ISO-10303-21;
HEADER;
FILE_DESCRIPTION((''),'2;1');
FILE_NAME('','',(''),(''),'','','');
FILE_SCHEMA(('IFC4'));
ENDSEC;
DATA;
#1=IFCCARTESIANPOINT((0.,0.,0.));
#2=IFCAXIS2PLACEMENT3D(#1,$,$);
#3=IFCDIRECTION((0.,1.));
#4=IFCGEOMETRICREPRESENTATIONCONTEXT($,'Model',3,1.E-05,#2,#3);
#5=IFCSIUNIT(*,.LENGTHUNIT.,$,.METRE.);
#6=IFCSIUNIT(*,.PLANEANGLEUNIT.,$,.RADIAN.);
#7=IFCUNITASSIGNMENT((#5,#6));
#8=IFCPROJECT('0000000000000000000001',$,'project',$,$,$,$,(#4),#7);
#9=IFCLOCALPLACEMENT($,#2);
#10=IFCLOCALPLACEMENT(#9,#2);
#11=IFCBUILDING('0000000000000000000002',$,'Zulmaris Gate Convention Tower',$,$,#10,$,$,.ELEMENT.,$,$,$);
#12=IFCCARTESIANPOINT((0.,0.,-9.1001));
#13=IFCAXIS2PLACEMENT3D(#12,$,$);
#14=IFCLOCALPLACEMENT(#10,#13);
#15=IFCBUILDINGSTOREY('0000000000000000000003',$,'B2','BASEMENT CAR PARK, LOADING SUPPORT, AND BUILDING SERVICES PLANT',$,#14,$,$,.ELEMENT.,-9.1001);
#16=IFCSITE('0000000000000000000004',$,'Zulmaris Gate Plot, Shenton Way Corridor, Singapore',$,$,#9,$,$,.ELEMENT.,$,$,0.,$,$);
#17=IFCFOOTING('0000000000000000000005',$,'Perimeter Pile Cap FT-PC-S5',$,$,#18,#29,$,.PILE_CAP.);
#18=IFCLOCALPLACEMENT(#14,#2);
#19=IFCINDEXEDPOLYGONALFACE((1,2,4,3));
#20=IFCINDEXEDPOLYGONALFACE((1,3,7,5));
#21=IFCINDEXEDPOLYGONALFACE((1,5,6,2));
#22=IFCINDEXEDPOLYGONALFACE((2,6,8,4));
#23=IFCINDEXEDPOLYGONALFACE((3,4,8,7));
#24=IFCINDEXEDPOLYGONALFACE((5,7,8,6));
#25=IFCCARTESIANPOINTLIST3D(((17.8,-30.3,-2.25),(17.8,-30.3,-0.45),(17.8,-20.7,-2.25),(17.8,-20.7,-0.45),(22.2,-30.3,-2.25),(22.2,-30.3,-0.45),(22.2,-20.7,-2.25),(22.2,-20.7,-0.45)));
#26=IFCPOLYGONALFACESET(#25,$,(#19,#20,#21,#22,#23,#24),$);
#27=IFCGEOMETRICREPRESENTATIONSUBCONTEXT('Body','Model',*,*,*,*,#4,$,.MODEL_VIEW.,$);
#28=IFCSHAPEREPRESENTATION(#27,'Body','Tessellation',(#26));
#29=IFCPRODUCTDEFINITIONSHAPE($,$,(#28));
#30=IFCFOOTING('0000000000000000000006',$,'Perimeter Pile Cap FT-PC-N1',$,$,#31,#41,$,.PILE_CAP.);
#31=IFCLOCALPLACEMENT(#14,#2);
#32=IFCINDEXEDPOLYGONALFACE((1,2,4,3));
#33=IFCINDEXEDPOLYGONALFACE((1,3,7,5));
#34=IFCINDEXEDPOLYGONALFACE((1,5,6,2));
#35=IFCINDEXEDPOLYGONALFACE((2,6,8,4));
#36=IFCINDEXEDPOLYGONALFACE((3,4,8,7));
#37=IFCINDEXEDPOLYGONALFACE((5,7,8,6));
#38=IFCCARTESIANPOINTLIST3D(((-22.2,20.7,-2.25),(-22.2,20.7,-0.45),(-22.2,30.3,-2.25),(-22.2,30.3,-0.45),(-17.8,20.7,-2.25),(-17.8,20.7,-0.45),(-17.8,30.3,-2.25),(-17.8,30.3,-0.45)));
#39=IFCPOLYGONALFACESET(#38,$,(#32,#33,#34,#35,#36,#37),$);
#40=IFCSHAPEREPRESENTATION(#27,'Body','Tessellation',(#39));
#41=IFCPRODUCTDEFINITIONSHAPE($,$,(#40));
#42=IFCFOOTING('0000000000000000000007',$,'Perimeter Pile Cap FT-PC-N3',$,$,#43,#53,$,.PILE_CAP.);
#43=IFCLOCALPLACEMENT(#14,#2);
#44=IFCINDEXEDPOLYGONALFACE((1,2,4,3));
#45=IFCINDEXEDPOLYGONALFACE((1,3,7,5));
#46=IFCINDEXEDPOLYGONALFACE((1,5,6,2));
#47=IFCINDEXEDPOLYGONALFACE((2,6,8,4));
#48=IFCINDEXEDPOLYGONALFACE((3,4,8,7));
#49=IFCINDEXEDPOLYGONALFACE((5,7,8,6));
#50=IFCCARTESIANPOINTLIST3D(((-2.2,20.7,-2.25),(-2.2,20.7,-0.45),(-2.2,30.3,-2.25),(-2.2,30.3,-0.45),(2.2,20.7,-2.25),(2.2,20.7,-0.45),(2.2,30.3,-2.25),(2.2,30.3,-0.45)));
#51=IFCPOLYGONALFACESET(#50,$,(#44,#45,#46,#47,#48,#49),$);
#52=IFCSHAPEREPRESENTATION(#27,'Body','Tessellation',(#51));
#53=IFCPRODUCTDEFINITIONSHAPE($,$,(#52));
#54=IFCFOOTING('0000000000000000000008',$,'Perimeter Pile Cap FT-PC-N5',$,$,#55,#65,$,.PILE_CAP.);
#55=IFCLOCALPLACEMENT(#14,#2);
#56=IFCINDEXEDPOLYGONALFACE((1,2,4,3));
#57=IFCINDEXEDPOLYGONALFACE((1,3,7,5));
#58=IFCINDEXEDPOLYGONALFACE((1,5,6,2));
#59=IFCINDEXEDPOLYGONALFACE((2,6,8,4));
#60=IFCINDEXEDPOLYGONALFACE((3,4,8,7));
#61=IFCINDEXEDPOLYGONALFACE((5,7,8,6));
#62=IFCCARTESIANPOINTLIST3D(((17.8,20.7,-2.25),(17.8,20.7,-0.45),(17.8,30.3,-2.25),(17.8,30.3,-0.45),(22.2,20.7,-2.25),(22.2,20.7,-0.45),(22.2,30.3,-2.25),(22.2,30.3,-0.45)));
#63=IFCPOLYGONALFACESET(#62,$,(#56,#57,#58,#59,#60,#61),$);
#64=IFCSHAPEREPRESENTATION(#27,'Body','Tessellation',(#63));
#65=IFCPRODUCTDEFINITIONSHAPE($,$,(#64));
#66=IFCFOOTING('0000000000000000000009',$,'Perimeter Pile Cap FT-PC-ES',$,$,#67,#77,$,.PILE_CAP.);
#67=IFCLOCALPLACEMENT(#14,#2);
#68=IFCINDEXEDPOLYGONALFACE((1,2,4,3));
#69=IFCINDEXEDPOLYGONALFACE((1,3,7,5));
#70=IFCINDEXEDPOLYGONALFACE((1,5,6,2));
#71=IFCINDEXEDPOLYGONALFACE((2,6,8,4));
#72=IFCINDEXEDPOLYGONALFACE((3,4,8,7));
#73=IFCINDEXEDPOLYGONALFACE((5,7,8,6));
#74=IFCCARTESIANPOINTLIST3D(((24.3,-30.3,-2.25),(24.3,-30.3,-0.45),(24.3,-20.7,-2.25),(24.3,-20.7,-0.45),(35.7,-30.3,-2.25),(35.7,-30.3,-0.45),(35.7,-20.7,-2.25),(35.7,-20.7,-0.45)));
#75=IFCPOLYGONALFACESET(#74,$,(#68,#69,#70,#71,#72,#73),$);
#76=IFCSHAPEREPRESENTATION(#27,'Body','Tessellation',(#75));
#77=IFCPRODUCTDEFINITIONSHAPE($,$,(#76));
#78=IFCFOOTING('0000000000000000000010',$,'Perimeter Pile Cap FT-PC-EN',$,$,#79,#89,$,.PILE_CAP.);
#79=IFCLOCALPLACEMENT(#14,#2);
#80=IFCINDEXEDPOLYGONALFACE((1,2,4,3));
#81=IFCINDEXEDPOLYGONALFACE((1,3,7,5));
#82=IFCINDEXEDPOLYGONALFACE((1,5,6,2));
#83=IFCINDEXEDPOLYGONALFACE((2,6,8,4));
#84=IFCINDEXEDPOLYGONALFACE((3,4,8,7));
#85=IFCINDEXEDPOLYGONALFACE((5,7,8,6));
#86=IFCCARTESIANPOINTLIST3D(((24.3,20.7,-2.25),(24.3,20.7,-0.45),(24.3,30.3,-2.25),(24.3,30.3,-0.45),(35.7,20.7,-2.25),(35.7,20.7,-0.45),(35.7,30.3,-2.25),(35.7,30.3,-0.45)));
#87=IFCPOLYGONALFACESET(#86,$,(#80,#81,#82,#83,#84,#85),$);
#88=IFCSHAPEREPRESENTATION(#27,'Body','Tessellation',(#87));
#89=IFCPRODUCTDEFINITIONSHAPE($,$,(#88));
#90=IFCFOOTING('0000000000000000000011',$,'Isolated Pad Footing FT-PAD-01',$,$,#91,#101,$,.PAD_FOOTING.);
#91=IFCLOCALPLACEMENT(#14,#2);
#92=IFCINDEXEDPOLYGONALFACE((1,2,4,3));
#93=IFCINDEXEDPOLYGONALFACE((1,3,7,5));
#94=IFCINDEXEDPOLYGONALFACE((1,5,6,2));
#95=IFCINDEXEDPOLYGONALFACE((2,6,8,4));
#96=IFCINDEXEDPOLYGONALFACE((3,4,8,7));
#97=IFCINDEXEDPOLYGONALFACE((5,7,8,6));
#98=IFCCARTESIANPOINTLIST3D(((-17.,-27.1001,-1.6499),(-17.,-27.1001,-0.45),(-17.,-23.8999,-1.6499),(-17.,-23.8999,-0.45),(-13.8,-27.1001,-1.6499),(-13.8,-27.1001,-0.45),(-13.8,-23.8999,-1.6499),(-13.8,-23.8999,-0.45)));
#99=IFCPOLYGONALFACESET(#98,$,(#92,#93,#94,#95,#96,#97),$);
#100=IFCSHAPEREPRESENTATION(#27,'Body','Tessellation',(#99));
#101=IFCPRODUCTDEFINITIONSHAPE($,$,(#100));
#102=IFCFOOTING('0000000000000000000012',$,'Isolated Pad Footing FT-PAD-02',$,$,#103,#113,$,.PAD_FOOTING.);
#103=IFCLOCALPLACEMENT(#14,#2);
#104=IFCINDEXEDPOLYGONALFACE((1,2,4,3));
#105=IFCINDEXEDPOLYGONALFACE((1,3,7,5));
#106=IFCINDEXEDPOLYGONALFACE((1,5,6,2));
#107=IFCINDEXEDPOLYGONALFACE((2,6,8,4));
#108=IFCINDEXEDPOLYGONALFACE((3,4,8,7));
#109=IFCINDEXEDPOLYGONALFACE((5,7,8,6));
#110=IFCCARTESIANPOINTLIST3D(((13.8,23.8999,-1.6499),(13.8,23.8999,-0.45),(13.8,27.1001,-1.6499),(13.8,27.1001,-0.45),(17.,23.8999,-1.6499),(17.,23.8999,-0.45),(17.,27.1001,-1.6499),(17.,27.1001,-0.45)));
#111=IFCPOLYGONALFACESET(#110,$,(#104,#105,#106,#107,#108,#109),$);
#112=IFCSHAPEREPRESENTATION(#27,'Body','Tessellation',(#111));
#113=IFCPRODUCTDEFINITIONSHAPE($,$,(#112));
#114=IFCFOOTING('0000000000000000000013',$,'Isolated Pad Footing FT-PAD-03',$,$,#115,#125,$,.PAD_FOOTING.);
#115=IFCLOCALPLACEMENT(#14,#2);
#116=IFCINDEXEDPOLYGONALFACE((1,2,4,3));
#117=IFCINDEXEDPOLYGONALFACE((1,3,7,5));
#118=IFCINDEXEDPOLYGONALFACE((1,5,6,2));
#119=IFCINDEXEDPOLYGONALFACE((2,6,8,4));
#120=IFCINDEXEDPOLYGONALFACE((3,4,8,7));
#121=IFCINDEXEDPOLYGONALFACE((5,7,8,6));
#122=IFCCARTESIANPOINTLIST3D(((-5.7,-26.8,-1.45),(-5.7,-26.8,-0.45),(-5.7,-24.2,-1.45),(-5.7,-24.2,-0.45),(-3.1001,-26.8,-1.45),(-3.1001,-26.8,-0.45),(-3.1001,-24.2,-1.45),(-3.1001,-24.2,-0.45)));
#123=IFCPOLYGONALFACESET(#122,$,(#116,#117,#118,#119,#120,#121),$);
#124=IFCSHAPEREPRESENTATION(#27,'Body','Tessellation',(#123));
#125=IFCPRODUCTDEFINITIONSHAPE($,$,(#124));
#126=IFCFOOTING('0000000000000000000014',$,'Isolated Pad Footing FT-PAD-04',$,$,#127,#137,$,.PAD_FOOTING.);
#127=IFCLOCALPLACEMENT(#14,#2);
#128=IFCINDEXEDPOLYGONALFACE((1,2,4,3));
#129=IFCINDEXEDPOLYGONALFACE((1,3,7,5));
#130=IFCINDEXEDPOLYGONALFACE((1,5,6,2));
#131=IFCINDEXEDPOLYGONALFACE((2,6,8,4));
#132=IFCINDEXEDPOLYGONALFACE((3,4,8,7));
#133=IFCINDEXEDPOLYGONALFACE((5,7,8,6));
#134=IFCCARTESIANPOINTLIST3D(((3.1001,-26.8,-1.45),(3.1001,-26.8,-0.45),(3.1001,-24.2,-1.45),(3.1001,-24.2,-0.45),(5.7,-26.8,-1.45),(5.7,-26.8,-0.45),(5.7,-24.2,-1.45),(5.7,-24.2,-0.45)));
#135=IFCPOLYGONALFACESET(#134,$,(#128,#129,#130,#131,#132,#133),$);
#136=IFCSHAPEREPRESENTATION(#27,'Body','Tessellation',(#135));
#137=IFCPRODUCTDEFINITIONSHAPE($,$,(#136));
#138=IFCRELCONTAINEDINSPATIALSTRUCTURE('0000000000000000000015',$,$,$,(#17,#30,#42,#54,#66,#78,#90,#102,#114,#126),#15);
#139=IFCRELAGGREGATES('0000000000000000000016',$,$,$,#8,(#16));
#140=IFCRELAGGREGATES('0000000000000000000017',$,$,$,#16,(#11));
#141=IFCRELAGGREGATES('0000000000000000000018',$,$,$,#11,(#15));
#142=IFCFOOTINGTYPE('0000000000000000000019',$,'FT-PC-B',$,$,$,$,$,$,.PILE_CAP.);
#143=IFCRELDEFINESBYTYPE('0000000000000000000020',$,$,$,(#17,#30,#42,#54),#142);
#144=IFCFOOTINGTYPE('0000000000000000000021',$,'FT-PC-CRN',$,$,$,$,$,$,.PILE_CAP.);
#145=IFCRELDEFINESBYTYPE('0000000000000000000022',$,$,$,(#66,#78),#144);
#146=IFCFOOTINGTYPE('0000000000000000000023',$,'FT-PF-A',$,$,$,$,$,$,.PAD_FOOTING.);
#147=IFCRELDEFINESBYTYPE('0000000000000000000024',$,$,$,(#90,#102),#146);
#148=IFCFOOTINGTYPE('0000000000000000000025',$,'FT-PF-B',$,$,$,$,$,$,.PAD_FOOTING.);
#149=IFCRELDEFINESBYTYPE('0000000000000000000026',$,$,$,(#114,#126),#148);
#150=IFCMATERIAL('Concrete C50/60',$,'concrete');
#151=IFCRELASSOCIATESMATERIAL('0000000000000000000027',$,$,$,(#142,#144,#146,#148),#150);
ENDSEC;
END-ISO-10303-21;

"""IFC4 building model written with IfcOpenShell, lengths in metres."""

from ifc_helpers import new_model, si_unit, direction, frame, origin, place, context, subcontext, project, spatial, polyline, outline, extrude, material, type_object, element, save


model = new_model("IFC4")

# Units and contexts
model_context = context("Model", 3, precision=1e-05, world=origin(), true_north=direction((0.0, 1.0)))
body_context = subcontext(model_context, "Body", "Model", "MODEL_VIEW")
ifc_project = project(units=[si_unit("LENGTHUNIT", "METRE"), si_unit("PLANEANGLEUNIT", "RADIAN")], contexts=[model_context])

# Site, building, storey
site_placement = place(None, origin())
site = spatial("IfcSite", under=ifc_project, at=site_placement, Name="Zulmaris Gate Plot, Shenton Way Corridor, Singapore", CompositionType="ELEMENT", RefElevation=0.0)
building_placement = place(site_placement, origin())
building = spatial("IfcBuilding", under=site, at=building_placement, Name="Zulmaris Gate Convention Tower", CompositionType="ELEMENT")
storey_placement = place(building_placement, frame((0.0, 0.0, -9.1001)))
storey = spatial("IfcBuildingStorey", under=building, at=storey_placement, Name="B2", Description="BASEMENT CAR PARK, LOADING SUPPORT, AND BUILDING SERVICES PLANT", CompositionType="ELEMENT", Elevation=-9.1001)

# Footings
ifc_material = material(Name="Concrete C50/60", Category="concrete")
footing_type_1 = type_object("IfcFootingType", Name="FT-PC-B", PredefinedType="PILE_CAP", material=ifc_material)
footing_1_placement = place(storey_placement, frame((0.0, 0.0, -2.25)))
element("IfcFooting", 1, at=footing_1_placement, inside=storey, type_object=footing_type_1, Name="Perimeter Pile Cap FT-PC-S5", PredefinedType="PILE_CAP", context=body_context, shape_type="SweptSolid", body=[
    extrude(outline(polyline([(17.8, -30.3), (22.2, -30.3), (22.2, -20.7), (17.8, -20.7), (17.8, -30.3)])), origin(), (0.0, 0.0, 1.0), 1.8),
])
footing_2_placement = place(storey_placement, frame((0.0, 0.0, -2.25)))
element("IfcFooting", 2, at=footing_2_placement, inside=storey, type_object=footing_type_1, Name="Perimeter Pile Cap FT-PC-N1", PredefinedType="PILE_CAP", context=body_context, shape_type="SweptSolid", body=[
    extrude(outline(polyline([(-22.2, 20.7), (-17.8, 20.7), (-17.8, 30.3), (-22.2, 30.3), (-22.2, 20.7)])), origin(), (0.0, 0.0, 1.0), 1.8),
])
footing_3_placement = place(storey_placement, frame((0.0, 0.0, -2.25)))
element("IfcFooting", 3, at=footing_3_placement, inside=storey, type_object=footing_type_1, Name="Perimeter Pile Cap FT-PC-N3", PredefinedType="PILE_CAP", context=body_context, shape_type="SweptSolid", body=[
    extrude(outline(polyline([(-2.2, 20.7), (2.2, 20.7), (2.2, 30.3), (-2.2, 30.3), (-2.2, 20.7)])), origin(), (0.0, 0.0, 1.0), 1.8),
])
footing_4_placement = place(storey_placement, frame((0.0, 0.0, -2.25)))
element("IfcFooting", 4, at=footing_4_placement, inside=storey, type_object=footing_type_1, Name="Perimeter Pile Cap FT-PC-N5", PredefinedType="PILE_CAP", context=body_context, shape_type="SweptSolid", body=[
    extrude(outline(polyline([(17.8, 20.7), (22.2, 20.7), (22.2, 30.3), (17.8, 30.3), (17.8, 20.7)])), origin(), (0.0, 0.0, 1.0), 1.8),
])
footing_type_2 = type_object("IfcFootingType", Name="FT-PC-CRN", PredefinedType="PILE_CAP", material=ifc_material)
footing_5_placement = place(storey_placement, frame((0.0, 0.0, -2.25)))
element("IfcFooting", 5, at=footing_5_placement, inside=storey, type_object=footing_type_2, Name="Perimeter Pile Cap FT-PC-ES", PredefinedType="PILE_CAP", context=body_context, shape_type="SweptSolid", body=[
    extrude(outline(polyline([(24.3, -30.3), (35.7, -30.3), (35.7, -20.7), (24.3, -20.7), (24.3, -30.3)])), origin(), (0.0, 0.0, 1.0), 1.8),
])
footing_6_placement = place(storey_placement, frame((0.0, 0.0, -2.25)))
element("IfcFooting", 6, at=footing_6_placement, inside=storey, type_object=footing_type_2, Name="Perimeter Pile Cap FT-PC-EN", PredefinedType="PILE_CAP", context=body_context, shape_type="SweptSolid", body=[
    extrude(outline(polyline([(24.3, 20.7), (35.7, 20.7), (35.7, 30.3), (24.3, 30.3), (24.3, 20.7)])), origin(), (0.0, 0.0, 1.0), 1.8),
])
footing_type_3 = type_object("IfcFootingType", Name="FT-PF-A", PredefinedType="PAD_FOOTING", material=ifc_material)
footing_7_placement = place(storey_placement, frame((0.0, 0.0, -1.6499)))
element("IfcFooting", 7, at=footing_7_placement, inside=storey, type_object=footing_type_3, Name="Isolated Pad Footing FT-PAD-01", PredefinedType="PAD_FOOTING", context=body_context, shape_type="SweptSolid", body=[
    extrude(outline(polyline([(-17.0, -27.1001), (-13.8, -27.1001), (-13.8, -23.8999), (-17.0, -23.8999), (-17.0, -27.1001)])), origin(), (0.0, 0.0, 1.0), 1.2),
])
footing_8_placement = place(storey_placement, frame((0.0, 0.0, -1.6499)))
element("IfcFooting", 8, at=footing_8_placement, inside=storey, type_object=footing_type_3, Name="Isolated Pad Footing FT-PAD-02", PredefinedType="PAD_FOOTING", context=body_context, shape_type="SweptSolid", body=[
    extrude(outline(polyline([(13.8, 23.8999), (17.0, 23.8999), (17.0, 27.1001), (13.8, 27.1001), (13.8, 23.8999)])), origin(), (0.0, 0.0, 1.0), 1.2),
])
footing_type_4 = type_object("IfcFootingType", Name="FT-PF-B", PredefinedType="PAD_FOOTING", material=ifc_material)
footing_9_placement = place(storey_placement, frame((0.0, 0.0, -1.45)))
element("IfcFooting", 9, at=footing_9_placement, inside=storey, type_object=footing_type_4, Name="Isolated Pad Footing FT-PAD-03", PredefinedType="PAD_FOOTING", context=body_context, shape_type="SweptSolid", body=[
    extrude(outline(polyline([(-5.7, -26.8), (-3.1001, -26.8), (-3.1001, -24.2), (-5.7, -24.2), (-5.7, -26.8)])), origin(), (0.0, 0.0, 1.0), 1.0),
])
footing_10_placement = place(storey_placement, frame((0.0, 0.0, -1.45)))
element("IfcFooting", 10, at=footing_10_placement, inside=storey, type_object=footing_type_4, Name="Isolated Pad Footing FT-PAD-04", PredefinedType="PAD_FOOTING", context=body_context, shape_type="SweptSolid", body=[
    extrude(outline(polyline([(3.1001, -26.8), (5.7, -26.8), (5.7, -24.2), (3.1001, -24.2), (3.1001, -26.8)])), origin(), (0.0, 0.0, 1.0), 1.0),
])

save(model, "model.ifc")
